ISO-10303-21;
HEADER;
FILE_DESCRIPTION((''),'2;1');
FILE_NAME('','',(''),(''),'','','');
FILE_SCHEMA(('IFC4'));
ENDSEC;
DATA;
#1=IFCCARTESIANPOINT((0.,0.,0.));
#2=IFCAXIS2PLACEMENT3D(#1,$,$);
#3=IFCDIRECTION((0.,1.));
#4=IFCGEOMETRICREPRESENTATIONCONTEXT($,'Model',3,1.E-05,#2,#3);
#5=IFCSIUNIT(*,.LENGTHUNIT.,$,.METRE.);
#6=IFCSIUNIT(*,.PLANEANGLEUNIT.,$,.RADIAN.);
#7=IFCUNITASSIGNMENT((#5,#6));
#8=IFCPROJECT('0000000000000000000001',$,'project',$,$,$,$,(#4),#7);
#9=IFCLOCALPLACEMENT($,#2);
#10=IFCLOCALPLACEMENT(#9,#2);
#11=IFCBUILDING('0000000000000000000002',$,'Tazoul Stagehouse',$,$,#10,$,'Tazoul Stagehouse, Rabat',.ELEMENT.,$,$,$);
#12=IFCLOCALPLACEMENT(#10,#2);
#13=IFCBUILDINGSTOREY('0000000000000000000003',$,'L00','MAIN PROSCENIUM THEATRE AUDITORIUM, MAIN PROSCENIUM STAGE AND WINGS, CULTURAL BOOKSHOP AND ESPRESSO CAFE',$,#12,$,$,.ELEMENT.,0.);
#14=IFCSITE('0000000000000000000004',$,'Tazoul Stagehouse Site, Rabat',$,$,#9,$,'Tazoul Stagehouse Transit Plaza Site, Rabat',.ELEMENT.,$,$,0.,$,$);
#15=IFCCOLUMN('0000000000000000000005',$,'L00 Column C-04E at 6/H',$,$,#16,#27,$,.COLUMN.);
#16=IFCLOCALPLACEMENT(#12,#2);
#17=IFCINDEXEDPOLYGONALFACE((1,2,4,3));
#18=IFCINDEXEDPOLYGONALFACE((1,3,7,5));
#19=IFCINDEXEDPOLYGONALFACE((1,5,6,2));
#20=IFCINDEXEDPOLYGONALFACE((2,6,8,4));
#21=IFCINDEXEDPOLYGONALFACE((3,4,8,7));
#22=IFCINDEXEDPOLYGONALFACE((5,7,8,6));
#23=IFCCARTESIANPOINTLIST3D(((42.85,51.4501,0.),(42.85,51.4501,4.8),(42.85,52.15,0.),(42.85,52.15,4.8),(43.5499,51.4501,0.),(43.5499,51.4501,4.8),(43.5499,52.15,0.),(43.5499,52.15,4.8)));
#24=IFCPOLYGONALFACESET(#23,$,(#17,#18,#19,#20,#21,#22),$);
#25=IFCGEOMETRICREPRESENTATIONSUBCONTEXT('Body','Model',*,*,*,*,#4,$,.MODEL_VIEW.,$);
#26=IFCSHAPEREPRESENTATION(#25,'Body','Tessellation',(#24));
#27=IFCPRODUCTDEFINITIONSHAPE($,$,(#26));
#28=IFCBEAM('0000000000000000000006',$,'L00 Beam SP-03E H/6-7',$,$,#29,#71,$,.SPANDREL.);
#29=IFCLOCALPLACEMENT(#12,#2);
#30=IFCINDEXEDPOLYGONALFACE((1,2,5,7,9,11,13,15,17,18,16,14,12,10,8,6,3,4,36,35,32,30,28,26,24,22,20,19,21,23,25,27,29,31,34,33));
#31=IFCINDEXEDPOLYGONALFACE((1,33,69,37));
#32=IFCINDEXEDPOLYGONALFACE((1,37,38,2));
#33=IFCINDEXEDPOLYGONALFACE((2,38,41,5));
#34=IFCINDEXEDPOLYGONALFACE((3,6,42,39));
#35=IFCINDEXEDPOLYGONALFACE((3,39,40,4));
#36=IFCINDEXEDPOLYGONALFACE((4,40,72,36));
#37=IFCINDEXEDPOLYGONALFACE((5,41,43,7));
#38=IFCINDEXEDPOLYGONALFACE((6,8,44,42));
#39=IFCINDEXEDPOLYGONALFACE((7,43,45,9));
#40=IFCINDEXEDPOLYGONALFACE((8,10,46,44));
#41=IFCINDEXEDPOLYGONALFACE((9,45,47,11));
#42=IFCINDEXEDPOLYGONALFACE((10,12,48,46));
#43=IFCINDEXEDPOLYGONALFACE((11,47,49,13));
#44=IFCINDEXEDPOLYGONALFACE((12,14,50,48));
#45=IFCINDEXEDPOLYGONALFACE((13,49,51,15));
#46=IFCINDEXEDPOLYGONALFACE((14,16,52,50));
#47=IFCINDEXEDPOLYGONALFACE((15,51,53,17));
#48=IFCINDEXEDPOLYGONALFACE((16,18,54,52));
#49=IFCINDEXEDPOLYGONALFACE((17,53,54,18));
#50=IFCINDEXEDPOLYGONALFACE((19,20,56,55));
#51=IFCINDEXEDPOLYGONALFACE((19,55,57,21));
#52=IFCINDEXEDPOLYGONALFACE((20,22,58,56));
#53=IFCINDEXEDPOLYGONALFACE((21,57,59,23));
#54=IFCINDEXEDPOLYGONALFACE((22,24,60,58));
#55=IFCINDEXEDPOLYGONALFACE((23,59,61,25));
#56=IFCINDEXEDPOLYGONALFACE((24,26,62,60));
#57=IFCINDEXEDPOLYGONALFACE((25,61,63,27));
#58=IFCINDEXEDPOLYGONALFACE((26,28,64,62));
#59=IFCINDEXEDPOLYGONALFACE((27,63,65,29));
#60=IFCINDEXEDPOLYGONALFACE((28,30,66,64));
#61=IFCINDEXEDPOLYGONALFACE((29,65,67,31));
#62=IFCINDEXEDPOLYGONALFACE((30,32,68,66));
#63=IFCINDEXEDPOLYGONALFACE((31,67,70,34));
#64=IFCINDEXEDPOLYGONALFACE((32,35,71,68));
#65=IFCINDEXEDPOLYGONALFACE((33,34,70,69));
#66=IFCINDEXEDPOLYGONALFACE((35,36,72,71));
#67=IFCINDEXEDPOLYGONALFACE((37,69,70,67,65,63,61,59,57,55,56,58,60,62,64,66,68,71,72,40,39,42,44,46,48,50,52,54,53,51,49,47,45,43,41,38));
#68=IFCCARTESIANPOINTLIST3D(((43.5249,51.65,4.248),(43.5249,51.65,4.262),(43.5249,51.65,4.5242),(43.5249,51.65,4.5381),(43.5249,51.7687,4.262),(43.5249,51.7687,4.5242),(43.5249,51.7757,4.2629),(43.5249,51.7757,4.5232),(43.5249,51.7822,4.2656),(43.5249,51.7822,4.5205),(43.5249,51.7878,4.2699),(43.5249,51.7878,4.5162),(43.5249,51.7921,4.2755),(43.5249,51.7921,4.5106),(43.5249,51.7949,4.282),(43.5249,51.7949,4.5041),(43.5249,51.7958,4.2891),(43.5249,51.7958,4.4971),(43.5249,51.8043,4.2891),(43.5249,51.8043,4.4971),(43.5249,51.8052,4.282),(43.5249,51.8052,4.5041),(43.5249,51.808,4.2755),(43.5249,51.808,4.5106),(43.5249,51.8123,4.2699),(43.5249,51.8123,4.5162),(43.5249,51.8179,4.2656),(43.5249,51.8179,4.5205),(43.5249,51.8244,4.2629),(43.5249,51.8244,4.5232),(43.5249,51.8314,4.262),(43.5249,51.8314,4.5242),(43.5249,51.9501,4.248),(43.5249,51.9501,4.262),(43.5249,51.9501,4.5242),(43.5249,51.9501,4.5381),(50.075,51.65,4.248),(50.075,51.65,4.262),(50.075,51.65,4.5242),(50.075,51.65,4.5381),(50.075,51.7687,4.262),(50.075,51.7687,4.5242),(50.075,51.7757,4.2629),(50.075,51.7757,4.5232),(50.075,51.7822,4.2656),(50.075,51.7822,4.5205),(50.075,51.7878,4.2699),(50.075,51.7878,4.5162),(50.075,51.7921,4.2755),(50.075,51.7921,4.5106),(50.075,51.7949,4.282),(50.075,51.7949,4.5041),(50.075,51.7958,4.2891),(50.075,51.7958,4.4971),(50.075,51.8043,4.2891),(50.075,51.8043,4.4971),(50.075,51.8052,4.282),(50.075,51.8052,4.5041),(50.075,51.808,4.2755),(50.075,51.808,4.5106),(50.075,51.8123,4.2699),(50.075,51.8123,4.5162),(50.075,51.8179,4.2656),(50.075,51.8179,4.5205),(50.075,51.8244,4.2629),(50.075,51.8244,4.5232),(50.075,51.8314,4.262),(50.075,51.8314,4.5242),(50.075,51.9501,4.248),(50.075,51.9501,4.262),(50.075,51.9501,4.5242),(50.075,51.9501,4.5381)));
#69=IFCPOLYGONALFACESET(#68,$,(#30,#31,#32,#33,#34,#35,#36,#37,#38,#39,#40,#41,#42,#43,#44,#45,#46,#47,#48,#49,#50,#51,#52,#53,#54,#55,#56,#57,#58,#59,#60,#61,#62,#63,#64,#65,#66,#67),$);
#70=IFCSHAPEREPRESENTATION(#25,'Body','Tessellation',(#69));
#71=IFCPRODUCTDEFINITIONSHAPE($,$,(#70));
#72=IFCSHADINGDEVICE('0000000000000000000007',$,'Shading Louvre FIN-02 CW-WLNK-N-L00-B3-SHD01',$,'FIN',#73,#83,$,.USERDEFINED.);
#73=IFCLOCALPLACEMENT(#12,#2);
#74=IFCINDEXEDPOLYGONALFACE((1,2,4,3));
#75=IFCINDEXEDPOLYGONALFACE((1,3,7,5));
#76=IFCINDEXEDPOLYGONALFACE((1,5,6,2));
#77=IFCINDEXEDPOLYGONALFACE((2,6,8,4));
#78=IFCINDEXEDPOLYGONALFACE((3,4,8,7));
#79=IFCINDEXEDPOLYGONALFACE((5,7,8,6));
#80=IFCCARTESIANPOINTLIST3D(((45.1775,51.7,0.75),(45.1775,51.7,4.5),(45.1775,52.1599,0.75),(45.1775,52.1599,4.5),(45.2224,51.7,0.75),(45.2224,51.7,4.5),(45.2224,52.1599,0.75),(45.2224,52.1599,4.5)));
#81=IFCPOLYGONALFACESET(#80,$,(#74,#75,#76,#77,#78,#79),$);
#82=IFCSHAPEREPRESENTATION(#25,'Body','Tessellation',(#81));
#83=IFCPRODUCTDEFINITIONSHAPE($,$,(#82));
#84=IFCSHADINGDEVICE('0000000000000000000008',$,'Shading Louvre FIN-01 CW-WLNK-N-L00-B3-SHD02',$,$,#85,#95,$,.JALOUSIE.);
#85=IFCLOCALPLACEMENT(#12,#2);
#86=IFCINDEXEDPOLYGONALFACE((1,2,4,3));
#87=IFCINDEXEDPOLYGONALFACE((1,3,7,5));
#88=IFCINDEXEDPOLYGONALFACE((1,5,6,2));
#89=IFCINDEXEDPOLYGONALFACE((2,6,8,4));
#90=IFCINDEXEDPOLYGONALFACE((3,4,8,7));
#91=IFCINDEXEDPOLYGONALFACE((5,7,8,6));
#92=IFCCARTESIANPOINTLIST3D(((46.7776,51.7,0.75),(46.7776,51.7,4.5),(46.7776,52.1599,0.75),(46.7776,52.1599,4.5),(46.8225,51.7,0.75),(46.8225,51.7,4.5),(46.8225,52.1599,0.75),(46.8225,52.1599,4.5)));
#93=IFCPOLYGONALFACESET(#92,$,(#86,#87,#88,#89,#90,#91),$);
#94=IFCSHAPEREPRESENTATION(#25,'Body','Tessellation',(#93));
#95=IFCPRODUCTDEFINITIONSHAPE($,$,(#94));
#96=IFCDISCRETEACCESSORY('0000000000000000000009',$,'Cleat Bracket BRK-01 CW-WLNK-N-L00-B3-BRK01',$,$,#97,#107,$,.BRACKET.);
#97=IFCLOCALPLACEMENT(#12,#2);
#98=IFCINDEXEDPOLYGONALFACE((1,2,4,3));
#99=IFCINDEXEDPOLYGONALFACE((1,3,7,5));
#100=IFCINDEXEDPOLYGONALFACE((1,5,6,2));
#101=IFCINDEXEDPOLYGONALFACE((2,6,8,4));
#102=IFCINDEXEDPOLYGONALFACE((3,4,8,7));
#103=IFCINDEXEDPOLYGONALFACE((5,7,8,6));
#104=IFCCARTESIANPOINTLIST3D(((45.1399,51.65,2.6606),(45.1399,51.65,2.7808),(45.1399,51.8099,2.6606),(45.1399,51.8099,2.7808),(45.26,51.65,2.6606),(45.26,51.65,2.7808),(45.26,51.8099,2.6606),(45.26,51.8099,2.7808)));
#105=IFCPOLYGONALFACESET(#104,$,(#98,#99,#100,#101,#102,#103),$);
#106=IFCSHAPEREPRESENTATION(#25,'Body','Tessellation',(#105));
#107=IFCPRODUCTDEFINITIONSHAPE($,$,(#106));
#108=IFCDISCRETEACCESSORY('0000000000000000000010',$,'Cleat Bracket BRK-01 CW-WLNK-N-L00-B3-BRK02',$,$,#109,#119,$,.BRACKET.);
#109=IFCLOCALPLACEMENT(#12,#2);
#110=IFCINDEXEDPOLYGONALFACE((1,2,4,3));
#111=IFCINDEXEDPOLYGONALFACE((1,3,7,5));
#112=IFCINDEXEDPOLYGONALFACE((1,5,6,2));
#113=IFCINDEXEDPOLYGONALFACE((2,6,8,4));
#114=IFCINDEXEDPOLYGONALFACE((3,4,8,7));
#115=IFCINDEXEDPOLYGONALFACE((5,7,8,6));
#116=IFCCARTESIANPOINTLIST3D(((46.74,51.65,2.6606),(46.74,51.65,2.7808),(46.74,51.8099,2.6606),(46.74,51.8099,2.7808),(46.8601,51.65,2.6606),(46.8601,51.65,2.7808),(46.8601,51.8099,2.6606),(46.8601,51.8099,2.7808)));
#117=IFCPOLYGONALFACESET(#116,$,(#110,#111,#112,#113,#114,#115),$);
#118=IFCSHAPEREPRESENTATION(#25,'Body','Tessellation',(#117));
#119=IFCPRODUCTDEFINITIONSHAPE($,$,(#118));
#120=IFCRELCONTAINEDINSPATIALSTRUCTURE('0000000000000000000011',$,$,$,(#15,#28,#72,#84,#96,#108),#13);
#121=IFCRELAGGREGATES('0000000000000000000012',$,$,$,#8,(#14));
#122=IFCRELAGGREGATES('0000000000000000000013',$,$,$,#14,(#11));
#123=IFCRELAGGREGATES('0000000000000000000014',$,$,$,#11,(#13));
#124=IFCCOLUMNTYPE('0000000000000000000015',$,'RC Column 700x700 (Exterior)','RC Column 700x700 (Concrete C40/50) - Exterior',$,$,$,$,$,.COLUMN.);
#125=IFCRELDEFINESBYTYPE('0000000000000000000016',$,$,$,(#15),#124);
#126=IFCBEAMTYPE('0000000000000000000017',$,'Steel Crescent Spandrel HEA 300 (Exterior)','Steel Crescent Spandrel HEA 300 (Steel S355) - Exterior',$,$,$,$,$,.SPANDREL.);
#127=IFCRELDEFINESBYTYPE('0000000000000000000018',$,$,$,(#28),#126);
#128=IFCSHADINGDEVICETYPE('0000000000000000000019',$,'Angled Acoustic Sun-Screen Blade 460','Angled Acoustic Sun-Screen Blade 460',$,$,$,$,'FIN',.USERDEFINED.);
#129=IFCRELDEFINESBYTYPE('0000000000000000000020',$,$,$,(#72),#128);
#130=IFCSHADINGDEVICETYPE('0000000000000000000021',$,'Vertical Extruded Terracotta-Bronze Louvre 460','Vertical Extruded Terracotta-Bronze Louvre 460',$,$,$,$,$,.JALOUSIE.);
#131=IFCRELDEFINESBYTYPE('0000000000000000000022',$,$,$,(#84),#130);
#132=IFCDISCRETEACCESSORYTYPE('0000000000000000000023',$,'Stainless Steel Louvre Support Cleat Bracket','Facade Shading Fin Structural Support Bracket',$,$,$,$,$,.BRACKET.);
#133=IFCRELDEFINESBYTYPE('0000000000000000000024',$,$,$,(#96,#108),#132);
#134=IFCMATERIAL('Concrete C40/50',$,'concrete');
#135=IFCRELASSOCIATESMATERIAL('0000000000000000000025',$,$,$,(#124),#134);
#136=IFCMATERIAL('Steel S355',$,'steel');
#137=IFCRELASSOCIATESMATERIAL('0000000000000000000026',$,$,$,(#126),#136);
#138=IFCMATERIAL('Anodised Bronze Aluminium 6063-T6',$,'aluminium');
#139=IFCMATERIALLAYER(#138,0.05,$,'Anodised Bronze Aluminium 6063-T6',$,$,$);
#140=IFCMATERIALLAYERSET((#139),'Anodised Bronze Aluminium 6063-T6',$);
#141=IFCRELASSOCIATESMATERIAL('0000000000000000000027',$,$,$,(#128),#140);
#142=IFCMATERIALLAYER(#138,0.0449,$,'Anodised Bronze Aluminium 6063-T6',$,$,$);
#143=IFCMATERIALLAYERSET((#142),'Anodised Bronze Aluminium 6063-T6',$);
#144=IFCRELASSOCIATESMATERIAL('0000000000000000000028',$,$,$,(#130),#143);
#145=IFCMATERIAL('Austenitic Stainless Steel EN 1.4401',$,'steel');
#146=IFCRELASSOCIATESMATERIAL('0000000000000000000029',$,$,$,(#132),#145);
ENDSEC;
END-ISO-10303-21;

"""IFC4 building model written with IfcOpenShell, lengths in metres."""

from ifc_helpers import new_model, si_unit, direction, frame, origin, origin_2d, place, context, subcontext, project, spatial, rectangle, i_section, extrude, material, layer, layer_set, material_profile, profile_set, type_object, element, save


model = new_model("IFC4")

# Units and contexts
model_context = context("Model", 3, precision=1e-05, world=origin(), true_north=direction((0.0, 1.0)))
body_context = subcontext(model_context, "Body", "Model", "MODEL_VIEW")
ifc_project = project(units=[si_unit("LENGTHUNIT", "METRE"), si_unit("PLANEANGLEUNIT", "RADIAN")], contexts=[model_context])

# Site, building, storey
site_placement = place(None, origin())
site = spatial("IfcSite", under=ifc_project, at=site_placement, Name="Tazoul Stagehouse Site, Rabat", LongName="Tazoul Stagehouse Transit Plaza Site, Rabat", CompositionType="ELEMENT", RefElevation=0.0)
building_placement = place(site_placement, origin())
building = spatial("IfcBuilding", under=site, at=building_placement, Name="Tazoul Stagehouse", LongName="Tazoul Stagehouse, Rabat", CompositionType="ELEMENT")
storey_placement = place(building_placement, origin())
storey = spatial("IfcBuildingStorey", under=building, at=storey_placement, Name="L00", Description="MAIN PROSCENIUM THEATRE AUDITORIUM, MAIN PROSCENIUM STAGE AND WINGS, CULTURAL BOOKSHOP AND ESPRESSO CAFE", CompositionType="ELEMENT", Elevation=0.0)

# Column
ifc_material_1 = material(Name="Concrete C40/50", Category="concrete")
ifc_material_profile_1 = material_profile(ifc_material_1, rectangle(XDim=0.7, YDim=0.7, at=origin_2d()), Name="RC 700x700")
ifc_profile_set_1 = profile_set([ifc_material_profile_1], Name="Concrete C40/50")
column_type = type_object("IfcColumnType", Name="RC Column 700x700 (Exterior)", Description="RC Column 700x700 (Concrete C40/50) - Exterior", PredefinedType="COLUMN", material=ifc_profile_set_1)
column_placement = place(storey_placement, frame((43.2, 51.8, 0.0), z_axis=(0.0, 0.0, 1.0), x_axis=(1.0, 0.0, 0.0)))
element("IfcColumn", 1, at=column_placement, inside=storey, type_object=column_type, Name="L00 Column C-04E at 6/H", PredefinedType="COLUMN", context=body_context, shape_type="SweptSolid", body=[
    extrude(rectangle(XDim=0.7, YDim=0.7, at=origin_2d()), origin(), (0.0, 0.0, 1.0), 4.8),
])

# Shared definitions
ifc_material_2 = material(Name="Anodised Bronze Aluminium 6063-T6", Category="aluminium")

# Beam
ifc_material_3 = material(Name="Steel S355", Category="steel")
ifc_material_profile_2 = material_profile(ifc_material_3, i_section(OverallWidth=0.3, OverallDepth=0.29, WebThickness=0.0085, FlangeThickness=0.0139, FilletRadius=0.0271, at=origin_2d()), Name="HEA 300")
ifc_profile_set_2 = profile_set([ifc_material_profile_2], Name="Steel S355")
beam_type = type_object("IfcBeamType", Name="Steel Crescent Spandrel HEA 300 (Exterior)", Description="Steel Crescent Spandrel HEA 300 (Steel S355) - Exterior", PredefinedType="SPANDREL", material=ifc_profile_set_2)
beam_placement = place(storey_placement, frame((43.5249, 51.8, 4.3931), z_axis=(1.0, 0.0, 0.0), x_axis=(0.0, 1.0, 0.0)))
element("IfcBeam", 2, at=beam_placement, inside=storey, type_object=beam_type, Name="L00 Beam SP-03E H/6-7", PredefinedType="SPANDREL", context=body_context, shape_type="SweptSolid", body=[
    extrude(i_section(OverallWidth=0.3, OverallDepth=0.29, WebThickness=0.0085, FlangeThickness=0.0139, FilletRadius=0.0271, at=origin_2d()), origin(), (0.0, 0.0, 1.0), 6.55),
])

# Shading devices
ifc_layer_1 = layer(ifc_material_2, 0.05, Name="Anodised Bronze Aluminium 6063-T6")
ifc_layer_set_1 = layer_set([ifc_layer_1], Name="Anodised Bronze Aluminium 6063-T6")
shading_device_type_1 = type_object("IfcShadingDeviceType", Name="Angled Acoustic Sun-Screen Blade 460", Description="Angled Acoustic Sun-Screen Blade 460", ElementType="FIN", PredefinedType="USERDEFINED", material=ifc_layer_set_1)
shading_device_1_placement = place(storey_placement, frame((45.2, 51.9299, 0.75), z_axis=(0.0, 0.0, 1.0), x_axis=(1.0, 0.0, 0.0)))
element("IfcShadingDevice", 3, at=shading_device_1_placement, inside=storey, type_object=shading_device_type_1, Name="Shading Louvre FIN-02 CW-WLNK-N-L00-B3-SHD01", ObjectType="FIN", PredefinedType="USERDEFINED", context=body_context, shape_type="SweptSolid", body=[
    extrude(rectangle(XDim=0.0449, YDim=0.46, at=origin_2d()), origin(), (0.0, 0.0, 1.0), 3.75),
])
ifc_layer_2 = layer(ifc_material_2, 0.0449, Name="Anodised Bronze Aluminium 6063-T6")
ifc_layer_set_2 = layer_set([ifc_layer_2], Name="Anodised Bronze Aluminium 6063-T6")
shading_device_type_2 = type_object("IfcShadingDeviceType", Name="Vertical Extruded Terracotta-Bronze Louvre 460", Description="Vertical Extruded Terracotta-Bronze Louvre 460", PredefinedType="JALOUSIE", material=ifc_layer_set_2)
shading_device_2_placement = place(storey_placement, frame((46.8, 51.9299, 0.75), z_axis=(0.0, 0.0, 1.0), x_axis=(1.0, 0.0, 0.0)))
element("IfcShadingDevice", 4, at=shading_device_2_placement, inside=storey, type_object=shading_device_type_2, Name="Shading Louvre FIN-01 CW-WLNK-N-L00-B3-SHD02", PredefinedType="JALOUSIE", context=body_context, shape_type="SweptSolid", body=[
    extrude(rectangle(XDim=0.0449, YDim=0.46, at=origin_2d()), origin(), (0.0, 0.0, 1.0), 3.75),
])

# Discrete accessories
ifc_material_4 = material(Name="Austenitic Stainless Steel EN 1.4401", Category="steel")
discrete_accessory_type = type_object("IfcDiscreteAccessoryType", Name="Stainless Steel Louvre Support Cleat Bracket", Description="Facade Shading Fin Structural Support Bracket", PredefinedType="BRACKET", material=ifc_material_4)
for number, where, z_axis, x_axis, name in (
    (5, (45.2, 51.73, 2.6606), (0.0, 0.0, 1.0), (1.0, 0.0, 0.0), "Cleat Bracket BRK-01 CW-WLNK-N-L00-B3-BRK01"),
    (6, (46.8, 51.73, 2.6606), (0.0, 0.0, 1.0), (1.0, 0.0, 0.0), "Cleat Bracket BRK-01 CW-WLNK-N-L00-B3-BRK02"),
):
    element("IfcDiscreteAccessory", number, at=place(storey_placement, frame(where, z_axis=z_axis, x_axis=x_axis)), inside=storey, type_object=discrete_accessory_type, Name=name, PredefinedType="BRACKET", context=body_context, shape_type="SweptSolid", body=[
        extrude(rectangle(XDim=0.1201, YDim=0.1599, at=origin_2d()), origin(), (0.0, 0.0, 1.0), 0.1201),
    ])

save(model, "model.ifc")
